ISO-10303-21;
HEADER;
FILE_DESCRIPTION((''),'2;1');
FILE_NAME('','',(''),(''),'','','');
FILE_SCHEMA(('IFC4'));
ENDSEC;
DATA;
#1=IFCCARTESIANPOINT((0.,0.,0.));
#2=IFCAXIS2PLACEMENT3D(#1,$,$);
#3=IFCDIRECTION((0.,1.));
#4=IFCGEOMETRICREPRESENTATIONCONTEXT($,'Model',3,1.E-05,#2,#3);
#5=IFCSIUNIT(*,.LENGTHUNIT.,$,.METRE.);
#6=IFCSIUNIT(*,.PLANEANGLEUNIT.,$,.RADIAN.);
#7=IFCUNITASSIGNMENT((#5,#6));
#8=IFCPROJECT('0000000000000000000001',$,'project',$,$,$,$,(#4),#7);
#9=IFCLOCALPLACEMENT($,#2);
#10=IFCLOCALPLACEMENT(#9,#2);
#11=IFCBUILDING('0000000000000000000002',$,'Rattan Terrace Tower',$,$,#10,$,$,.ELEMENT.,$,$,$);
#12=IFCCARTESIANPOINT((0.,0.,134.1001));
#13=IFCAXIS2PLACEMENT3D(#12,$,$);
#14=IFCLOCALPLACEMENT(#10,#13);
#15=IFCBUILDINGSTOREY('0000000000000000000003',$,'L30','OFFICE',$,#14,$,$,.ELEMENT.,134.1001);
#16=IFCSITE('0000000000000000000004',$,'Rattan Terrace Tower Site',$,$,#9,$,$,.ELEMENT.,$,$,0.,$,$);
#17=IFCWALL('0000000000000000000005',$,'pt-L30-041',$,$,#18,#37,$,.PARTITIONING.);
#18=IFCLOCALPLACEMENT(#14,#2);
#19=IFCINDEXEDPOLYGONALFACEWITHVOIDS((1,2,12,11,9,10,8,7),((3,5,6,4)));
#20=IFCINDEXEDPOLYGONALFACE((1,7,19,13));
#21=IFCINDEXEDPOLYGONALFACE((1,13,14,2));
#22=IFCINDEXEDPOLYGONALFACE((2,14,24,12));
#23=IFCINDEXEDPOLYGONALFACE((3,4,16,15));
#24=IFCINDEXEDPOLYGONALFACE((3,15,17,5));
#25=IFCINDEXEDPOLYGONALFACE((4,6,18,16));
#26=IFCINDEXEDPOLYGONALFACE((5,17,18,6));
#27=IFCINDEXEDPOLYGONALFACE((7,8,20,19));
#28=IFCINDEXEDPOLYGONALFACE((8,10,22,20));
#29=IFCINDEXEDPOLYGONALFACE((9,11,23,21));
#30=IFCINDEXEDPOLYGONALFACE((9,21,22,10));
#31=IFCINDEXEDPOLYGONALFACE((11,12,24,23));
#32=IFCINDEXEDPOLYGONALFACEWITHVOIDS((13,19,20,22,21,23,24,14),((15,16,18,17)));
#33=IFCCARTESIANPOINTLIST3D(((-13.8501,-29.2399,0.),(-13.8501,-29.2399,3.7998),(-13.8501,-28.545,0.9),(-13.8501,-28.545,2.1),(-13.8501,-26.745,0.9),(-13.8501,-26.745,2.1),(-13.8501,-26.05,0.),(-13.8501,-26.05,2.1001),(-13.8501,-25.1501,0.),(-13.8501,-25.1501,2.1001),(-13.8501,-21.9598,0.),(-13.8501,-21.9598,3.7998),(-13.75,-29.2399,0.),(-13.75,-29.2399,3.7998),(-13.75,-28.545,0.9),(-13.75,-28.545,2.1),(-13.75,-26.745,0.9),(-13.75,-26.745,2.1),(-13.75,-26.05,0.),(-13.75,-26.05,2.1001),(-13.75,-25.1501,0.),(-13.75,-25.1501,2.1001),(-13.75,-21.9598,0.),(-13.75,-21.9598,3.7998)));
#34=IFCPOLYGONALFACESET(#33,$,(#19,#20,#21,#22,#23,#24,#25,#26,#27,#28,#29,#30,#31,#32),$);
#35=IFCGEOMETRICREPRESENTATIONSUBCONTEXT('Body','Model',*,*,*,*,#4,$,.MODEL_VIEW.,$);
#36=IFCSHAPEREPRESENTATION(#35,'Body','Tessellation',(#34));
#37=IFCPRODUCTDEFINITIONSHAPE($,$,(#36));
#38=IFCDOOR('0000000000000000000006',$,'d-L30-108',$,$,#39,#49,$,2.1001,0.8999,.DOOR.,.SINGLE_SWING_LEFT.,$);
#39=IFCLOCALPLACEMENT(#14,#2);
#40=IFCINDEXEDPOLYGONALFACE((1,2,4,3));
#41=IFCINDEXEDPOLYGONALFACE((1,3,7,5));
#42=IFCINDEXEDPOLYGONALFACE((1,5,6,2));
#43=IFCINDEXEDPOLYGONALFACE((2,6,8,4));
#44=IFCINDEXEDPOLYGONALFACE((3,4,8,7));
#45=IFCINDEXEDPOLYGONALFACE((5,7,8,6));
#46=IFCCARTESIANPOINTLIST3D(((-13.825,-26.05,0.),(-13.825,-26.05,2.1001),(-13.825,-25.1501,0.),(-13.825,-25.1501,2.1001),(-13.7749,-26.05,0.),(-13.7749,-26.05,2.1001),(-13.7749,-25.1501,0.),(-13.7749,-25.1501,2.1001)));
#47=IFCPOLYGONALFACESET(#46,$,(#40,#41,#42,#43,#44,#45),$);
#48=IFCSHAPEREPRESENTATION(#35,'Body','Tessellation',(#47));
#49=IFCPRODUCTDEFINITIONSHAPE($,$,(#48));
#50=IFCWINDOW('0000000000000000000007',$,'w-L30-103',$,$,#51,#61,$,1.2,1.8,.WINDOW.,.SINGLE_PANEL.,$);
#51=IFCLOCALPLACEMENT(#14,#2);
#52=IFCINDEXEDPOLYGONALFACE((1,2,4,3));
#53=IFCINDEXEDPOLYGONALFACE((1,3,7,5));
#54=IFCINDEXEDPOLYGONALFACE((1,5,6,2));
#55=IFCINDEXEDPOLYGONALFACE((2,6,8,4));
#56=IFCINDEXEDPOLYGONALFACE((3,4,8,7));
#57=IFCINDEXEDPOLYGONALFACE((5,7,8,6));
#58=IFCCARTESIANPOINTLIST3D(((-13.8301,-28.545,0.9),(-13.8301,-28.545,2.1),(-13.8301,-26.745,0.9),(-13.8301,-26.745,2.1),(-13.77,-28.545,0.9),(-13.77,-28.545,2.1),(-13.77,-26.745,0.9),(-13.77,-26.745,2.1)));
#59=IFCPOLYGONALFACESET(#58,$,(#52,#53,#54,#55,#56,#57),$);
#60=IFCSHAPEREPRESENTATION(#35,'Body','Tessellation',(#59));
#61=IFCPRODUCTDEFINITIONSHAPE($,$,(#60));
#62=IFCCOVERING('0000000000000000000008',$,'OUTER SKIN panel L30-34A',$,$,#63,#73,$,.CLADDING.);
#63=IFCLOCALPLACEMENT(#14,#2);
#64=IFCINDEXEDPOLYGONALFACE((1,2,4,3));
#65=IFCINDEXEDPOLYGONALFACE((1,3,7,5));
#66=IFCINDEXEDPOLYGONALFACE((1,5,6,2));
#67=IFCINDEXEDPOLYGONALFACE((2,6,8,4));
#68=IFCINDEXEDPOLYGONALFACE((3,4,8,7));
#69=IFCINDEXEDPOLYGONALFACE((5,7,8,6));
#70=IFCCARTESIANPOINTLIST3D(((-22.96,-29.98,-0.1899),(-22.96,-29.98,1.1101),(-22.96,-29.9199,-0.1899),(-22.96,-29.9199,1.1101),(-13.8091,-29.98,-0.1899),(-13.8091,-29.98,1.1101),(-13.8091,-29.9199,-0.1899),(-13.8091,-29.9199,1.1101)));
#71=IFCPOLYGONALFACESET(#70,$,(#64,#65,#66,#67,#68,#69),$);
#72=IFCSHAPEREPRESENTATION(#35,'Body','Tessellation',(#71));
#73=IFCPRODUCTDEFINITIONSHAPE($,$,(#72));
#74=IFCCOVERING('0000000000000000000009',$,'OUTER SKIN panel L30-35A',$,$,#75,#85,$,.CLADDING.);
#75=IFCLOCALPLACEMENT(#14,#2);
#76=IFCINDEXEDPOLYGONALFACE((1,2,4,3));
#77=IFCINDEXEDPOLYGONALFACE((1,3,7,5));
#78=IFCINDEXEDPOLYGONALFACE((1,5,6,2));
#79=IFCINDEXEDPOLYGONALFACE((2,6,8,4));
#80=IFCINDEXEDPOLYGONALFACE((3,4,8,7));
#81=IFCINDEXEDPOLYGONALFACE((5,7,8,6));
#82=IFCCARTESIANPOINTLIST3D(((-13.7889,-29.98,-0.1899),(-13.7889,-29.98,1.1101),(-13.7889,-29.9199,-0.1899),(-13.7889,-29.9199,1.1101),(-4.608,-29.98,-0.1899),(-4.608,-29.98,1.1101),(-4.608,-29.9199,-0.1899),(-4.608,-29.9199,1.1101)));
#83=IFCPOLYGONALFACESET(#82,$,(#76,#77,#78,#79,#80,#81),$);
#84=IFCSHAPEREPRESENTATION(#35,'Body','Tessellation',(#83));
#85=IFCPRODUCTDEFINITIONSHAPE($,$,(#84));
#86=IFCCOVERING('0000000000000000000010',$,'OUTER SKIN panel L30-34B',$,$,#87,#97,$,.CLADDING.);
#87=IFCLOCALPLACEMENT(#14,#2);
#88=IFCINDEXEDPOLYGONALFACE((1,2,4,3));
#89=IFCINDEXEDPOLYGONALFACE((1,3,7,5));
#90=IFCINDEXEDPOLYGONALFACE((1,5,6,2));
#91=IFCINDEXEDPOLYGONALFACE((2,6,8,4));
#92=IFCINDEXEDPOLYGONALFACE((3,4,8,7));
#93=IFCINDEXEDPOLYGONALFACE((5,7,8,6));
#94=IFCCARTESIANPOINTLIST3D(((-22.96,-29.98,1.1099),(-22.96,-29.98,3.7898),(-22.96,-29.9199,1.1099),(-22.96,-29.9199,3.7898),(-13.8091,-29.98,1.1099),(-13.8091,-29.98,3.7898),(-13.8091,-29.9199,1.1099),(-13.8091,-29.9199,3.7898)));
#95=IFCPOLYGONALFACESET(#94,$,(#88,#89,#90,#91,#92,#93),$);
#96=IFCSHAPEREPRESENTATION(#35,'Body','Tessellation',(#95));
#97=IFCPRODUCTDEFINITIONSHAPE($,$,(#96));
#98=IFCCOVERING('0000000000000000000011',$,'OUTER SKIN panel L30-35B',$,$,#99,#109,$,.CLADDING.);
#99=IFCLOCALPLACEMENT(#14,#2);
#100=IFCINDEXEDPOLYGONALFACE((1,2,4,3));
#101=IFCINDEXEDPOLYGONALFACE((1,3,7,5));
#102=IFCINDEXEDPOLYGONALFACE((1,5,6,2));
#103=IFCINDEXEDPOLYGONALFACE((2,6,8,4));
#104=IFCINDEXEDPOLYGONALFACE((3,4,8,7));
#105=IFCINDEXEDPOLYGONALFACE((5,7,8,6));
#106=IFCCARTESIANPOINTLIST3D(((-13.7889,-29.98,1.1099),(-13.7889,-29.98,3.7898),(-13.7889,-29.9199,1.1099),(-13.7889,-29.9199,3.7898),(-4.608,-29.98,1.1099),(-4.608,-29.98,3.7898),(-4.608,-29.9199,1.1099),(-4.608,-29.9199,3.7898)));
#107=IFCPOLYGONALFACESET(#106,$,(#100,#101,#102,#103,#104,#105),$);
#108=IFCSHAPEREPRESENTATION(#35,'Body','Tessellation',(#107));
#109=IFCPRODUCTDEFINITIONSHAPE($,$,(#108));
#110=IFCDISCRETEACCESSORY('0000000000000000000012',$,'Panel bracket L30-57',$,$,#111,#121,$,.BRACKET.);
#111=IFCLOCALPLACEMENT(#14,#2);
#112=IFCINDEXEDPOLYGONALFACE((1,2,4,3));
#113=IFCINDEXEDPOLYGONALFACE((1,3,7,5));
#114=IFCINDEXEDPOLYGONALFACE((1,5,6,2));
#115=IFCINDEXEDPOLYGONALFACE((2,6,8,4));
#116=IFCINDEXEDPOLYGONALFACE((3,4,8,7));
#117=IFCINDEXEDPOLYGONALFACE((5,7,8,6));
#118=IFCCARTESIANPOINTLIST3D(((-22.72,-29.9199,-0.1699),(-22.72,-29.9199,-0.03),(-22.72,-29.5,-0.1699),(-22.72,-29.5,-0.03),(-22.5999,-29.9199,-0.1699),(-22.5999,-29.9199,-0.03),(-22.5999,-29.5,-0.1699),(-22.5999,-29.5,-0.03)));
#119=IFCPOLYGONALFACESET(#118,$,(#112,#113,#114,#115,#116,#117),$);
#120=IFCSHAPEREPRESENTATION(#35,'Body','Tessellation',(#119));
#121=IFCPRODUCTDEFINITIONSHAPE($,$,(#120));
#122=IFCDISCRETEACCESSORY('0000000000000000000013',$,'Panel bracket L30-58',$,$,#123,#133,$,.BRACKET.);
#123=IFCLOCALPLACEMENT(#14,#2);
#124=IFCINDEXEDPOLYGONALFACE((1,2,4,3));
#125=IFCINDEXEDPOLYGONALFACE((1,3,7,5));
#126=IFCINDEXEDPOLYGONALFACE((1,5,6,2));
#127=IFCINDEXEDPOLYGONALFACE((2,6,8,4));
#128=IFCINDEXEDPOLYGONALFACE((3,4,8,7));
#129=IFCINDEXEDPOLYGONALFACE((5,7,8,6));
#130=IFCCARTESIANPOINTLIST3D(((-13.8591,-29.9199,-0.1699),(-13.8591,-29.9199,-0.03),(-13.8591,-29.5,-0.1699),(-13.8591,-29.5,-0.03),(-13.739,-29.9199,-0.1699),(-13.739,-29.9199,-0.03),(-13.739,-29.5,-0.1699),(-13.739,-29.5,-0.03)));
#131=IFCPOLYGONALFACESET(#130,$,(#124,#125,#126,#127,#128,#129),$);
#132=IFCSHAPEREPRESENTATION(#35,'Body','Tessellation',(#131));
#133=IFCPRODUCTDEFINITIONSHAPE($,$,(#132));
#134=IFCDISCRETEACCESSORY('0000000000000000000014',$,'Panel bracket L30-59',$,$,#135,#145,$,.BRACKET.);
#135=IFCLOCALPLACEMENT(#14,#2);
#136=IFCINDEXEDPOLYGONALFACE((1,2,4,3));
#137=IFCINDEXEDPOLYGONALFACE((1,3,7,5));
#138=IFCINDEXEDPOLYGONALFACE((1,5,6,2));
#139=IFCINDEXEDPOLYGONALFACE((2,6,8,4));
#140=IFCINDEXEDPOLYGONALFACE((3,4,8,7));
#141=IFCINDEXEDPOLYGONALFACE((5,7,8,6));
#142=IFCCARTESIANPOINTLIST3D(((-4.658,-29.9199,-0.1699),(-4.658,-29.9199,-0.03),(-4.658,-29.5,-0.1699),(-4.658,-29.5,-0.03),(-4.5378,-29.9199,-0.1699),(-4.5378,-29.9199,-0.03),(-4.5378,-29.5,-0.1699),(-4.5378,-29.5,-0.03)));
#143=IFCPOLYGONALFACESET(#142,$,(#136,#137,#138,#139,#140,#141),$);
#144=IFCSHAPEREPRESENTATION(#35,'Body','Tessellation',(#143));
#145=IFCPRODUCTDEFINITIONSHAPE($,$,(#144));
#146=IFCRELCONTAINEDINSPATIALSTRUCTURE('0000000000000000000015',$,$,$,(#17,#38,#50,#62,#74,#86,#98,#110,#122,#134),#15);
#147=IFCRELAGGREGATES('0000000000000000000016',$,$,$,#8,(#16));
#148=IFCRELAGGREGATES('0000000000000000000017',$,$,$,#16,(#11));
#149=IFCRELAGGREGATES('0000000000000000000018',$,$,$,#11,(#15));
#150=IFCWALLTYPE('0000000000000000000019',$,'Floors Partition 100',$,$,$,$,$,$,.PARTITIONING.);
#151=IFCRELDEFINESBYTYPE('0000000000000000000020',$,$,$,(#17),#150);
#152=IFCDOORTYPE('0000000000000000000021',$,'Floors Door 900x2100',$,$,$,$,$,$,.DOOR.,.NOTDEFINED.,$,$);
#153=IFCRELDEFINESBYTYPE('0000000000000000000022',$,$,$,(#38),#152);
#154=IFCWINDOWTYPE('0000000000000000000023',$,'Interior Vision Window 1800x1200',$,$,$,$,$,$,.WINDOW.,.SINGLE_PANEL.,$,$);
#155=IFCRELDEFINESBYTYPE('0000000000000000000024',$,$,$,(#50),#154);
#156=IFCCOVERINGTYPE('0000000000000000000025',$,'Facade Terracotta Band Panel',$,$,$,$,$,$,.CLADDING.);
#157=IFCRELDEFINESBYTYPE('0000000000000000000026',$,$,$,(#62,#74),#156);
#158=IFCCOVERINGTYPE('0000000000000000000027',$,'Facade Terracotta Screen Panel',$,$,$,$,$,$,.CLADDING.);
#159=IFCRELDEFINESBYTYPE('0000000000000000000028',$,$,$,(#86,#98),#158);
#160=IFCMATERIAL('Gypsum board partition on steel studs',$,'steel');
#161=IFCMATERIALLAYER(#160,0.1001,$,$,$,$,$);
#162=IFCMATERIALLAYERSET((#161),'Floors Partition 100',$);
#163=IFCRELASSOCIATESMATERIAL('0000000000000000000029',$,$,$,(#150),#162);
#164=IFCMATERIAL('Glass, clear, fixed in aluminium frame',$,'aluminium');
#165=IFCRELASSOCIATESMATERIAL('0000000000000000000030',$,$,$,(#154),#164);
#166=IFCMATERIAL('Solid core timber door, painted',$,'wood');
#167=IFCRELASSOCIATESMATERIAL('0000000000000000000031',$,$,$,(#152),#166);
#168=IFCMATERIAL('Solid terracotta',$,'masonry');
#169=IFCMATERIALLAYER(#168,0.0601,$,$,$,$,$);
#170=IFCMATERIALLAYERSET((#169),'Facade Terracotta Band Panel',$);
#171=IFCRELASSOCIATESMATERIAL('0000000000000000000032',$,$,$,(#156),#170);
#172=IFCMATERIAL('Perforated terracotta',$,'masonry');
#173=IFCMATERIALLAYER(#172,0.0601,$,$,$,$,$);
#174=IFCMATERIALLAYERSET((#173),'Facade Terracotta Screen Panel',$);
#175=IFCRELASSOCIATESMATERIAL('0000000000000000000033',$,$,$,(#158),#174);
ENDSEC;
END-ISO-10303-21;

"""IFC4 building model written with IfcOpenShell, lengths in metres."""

from ifc_helpers import new_model, si_unit, direction, frame, frame_2d, origin, origin_2d, place, context, subcontext, project, spatial, rectangle, extrude, material, layer, layer_set, type_object, element, fill, save


model = new_model("IFC4")

# Units and contexts
model_context = context("Model", 3, precision=1e-05, world=origin(), true_north=direction((0.0, 1.0)))
body_context = subcontext(model_context, "Body", "Model", "MODEL_VIEW")
ifc_project = project(units=[si_unit("LENGTHUNIT", "METRE"), si_unit("PLANEANGLEUNIT", "RADIAN")], contexts=[model_context])

# Site, building, storey
site_placement = place(None, origin())
site = spatial("IfcSite", under=ifc_project, at=site_placement, Name="Rattan Terrace Tower Site", CompositionType="ELEMENT", RefElevation=0.0)
building_placement = place(site_placement, origin())
building = spatial("IfcBuilding", under=site, at=building_placement, Name="Rattan Terrace Tower", CompositionType="ELEMENT")
storey_placement = place(building_placement, frame((0.0, 0.0, 134.1001)))
storey = spatial("IfcBuildingStorey", under=building, at=storey_placement, Name="L30", Description="OFFICE", CompositionType="ELEMENT", Elevation=134.1001)

# Shared definitions
ifc_material_1 = material(Name="Gypsum board partition on steel studs", Category="steel")
ifc_layer_1 = layer(ifc_material_1, 0.1001)
ifc_layer_set_1 = layer_set([ifc_layer_1], Name="Floors Partition 100")
wall_type = type_object("IfcWallType", Name="Floors Partition 100", PredefinedType="PARTITIONING", material=ifc_layer_set_1)
ifc_material_2 = material(Name="Glass, clear, fixed in aluminium frame", Category="aluminium")
window_type = type_object("IfcWindowType", Name="Interior Vision Window 1800x1200", PartitioningType="SINGLE_PANEL", PredefinedType="WINDOW", material=ifc_material_2)

# Wall, openings, door, window
wall_1_placement = place(storey_placement, frame((-13.8, -29.24, 0.0), z_axis=(0.0, 0.0, 1.0), x_axis=(0.0, 1.0, 0.0)))
wall_1 = element("IfcWall", 1, at=wall_1_placement, inside=storey, type_object=wall_type, Name="pt-L30-041", PredefinedType="PARTITIONING", context=body_context, shape_type="SweptSolid", body=[
    extrude(rectangle(XDim=7.28, YDim=0.1001, at=frame_2d((3.6401, 0.0))), origin(), (0.0, 0.0, 1.0), 3.7998),
])
opening_1_placement = place(wall_1_placement, frame((3.1899, 0.0, 0.0)))
opening_1 = element("IfcOpeningElement", 2, at=opening_1_placement, cuts=wall_1, PredefinedType="OPENING", context=body_context, shape_type="SweptSolid", body=[
    extrude(rectangle(XDim=0.8999, YDim=2.1001, at=frame_2d((0.45, 1.05))), frame((0.0, 0.0605, 0.0), z_axis=(0.0, -1.0, 0.0), x_axis=(1.0, 0.0, 0.0)), (0.0, 0.0, 1.0), 0.1211),
])
opening_2_placement = place(wall_1_placement, frame((0.6951, 0.0, 0.8999)))
opening_2 = element("IfcOpeningElement", 3, at=opening_2_placement, cuts=wall_1, PredefinedType="OPENING", context=body_context, shape_type="SweptSolid", body=[
    extrude(rectangle(XDim=1.8, YDim=1.2, at=frame_2d((0.8999, 0.6001))), frame((0.0, 0.0605, 0.0), z_axis=(0.0, -1.0, 0.0), x_axis=(1.0, 0.0, 0.0)), (0.0, 0.0, 1.0), 0.1211),
])
ifc_material_3 = material(Name="Solid core timber door, painted", Category="wood")
door_type = type_object("IfcDoorType", Name="Floors Door 900x2100", OperationType="NOTDEFINED", PredefinedType="DOOR", material=ifc_material_3)
door_placement = place(opening_1_placement, origin())
door = element("IfcDoor", 4, at=door_placement, inside=storey, type_object=door_type, Name="d-L30-108", OperationType="SINGLE_SWING_LEFT", OverallHeight=2.1001, OverallWidth=0.8999, PredefinedType="DOOR", context=body_context, shape_type="SweptSolid", body=[
    extrude(rectangle(XDim=0.8999, YDim=2.1001, at=frame_2d((0.45, 1.05))), frame((0.0, 0.0249, 0.0), z_axis=(0.0, -1.0, 0.0), x_axis=(1.0, 0.0, 0.0)), (0.0, 0.0, 1.0), 0.05),
])
fill(opening_1, door)
window_1_placement = place(opening_2_placement, origin())
window_1 = element("IfcWindow", 5, at=window_1_placement, inside=storey, type_object=window_type, Name="w-L30-103", OverallHeight=1.2, OverallWidth=1.8, PartitioningType="SINGLE_PANEL", PredefinedType="WINDOW", context=body_context, shape_type="SweptSolid", body=[
    extrude(rectangle(XDim=1.8, YDim=1.2, at=frame_2d((0.8999, 0.6001))), frame((0.0, 0.03, 0.0), z_axis=(0.0, -1.0, 0.0), x_axis=(1.0, 0.0, 0.0)), (0.0, 0.0, 1.0), 0.0601),
])
fill(opening_2, window_1)

# Coverings
ifc_material_4 = material(Name="Solid terracotta", Category="masonry")
ifc_layer_2 = layer(ifc_material_4, 0.0601)
ifc_layer_set_2 = layer_set([ifc_layer_2], Name="Facade Terracotta Band Panel")
covering_type_1 = type_object("IfcCoveringType", Name="Facade Terracotta Band Panel", PredefinedType="CLADDING", material=ifc_layer_set_2)
covering_1_placement = place(storey_placement, frame((-18.3845, -29.95, -0.1899), z_axis=(0.0, 0.0, 1.0), x_axis=(1.0, 0.0, 0.0)))
element("IfcCovering", 6, at=covering_1_placement, inside=storey, type_object=covering_type_1, Name="OUTER SKIN panel L30-34A", PredefinedType="CLADDING", context=body_context, shape_type="SweptSolid", body=[
    extrude(rectangle(XDim=9.1509, YDim=0.0601, at=origin_2d()), origin(), (0.0, 0.0, 1.0), 1.3),
])
covering_2_placement = place(storey_placement, frame((-9.1985, -29.95, -0.1899), z_axis=(0.0, 0.0, 1.0), x_axis=(1.0, 0.0, 0.0)))
element("IfcCovering", 7, at=covering_2_placement, inside=storey, type_object=covering_type_1, Name="OUTER SKIN panel L30-35A", PredefinedType="CLADDING", context=body_context, shape_type="SweptSolid", body=[
    extrude(rectangle(XDim=9.1809, YDim=0.0601, at=origin_2d()), origin(), (0.0, 0.0, 1.0), 1.3),
])
ifc_material_5 = material(Name="Perforated terracotta", Category="masonry")
ifc_layer_3 = layer(ifc_material_5, 0.0601)
ifc_layer_set_3 = layer_set([ifc_layer_3], Name="Facade Terracotta Screen Panel")
covering_type_2 = type_object("IfcCoveringType", Name="Facade Terracotta Screen Panel", PredefinedType="CLADDING", material=ifc_layer_set_3)
covering_3_placement = place(storey_placement, frame((-18.3845, -29.95, 1.1099), z_axis=(0.0, 0.0, 1.0), x_axis=(1.0, 0.0, 0.0)))
element("IfcCovering", 8, at=covering_3_placement, inside=storey, type_object=covering_type_2, Name="OUTER SKIN panel L30-34B", PredefinedType="CLADDING", context=body_context, shape_type="SweptSolid", body=[
    extrude(rectangle(XDim=9.1509, YDim=0.0601, at=origin_2d()), origin(), (0.0, 0.0, 1.0), 2.6799),
])
covering_4_placement = place(storey_placement, frame((-9.1985, -29.95, 1.1099), z_axis=(0.0, 0.0, 1.0), x_axis=(1.0, 0.0, 0.0)))
element("IfcCovering", 9, at=covering_4_placement, inside=storey, type_object=covering_type_2, Name="OUTER SKIN panel L30-35B", PredefinedType="CLADDING", context=body_context, shape_type="SweptSolid", body=[
    extrude(rectangle(XDim=9.1809, YDim=0.0601, at=origin_2d()), origin(), (0.0, 0.0, 1.0), 2.6799),
])

# Discrete accessories
for number, where, z_axis, x_axis, name in (
    (10, (-22.6599, -29.71, -0.1699), (0.0, 0.0, 1.0), (1.0, 0.0, 0.0), "Panel bracket L30-57"),
    (11, (-13.7991, -29.71, -0.1699), (0.0, 0.0, 1.0), (1.0, 0.0, 0.0), "Panel bracket L30-58"),
    (12, (-4.5979, -29.71, -0.1699), (0.0, 0.0, 1.0), (1.0, 0.0, 0.0), "Panel bracket L30-59"),
):
    element("IfcDiscreteAccessory", number, at=place(storey_placement, frame(where, z_axis=z_axis, x_axis=x_axis)), inside=storey, Name=name, PredefinedType="BRACKET", context=body_context, shape_type="SweptSolid", body=[
        extrude(rectangle(XDim=0.1201, YDim=0.4199, at=origin_2d()), origin(), (0.0, 0.0, 1.0), 0.1399),
    ])

save(model, "model.ifc")
